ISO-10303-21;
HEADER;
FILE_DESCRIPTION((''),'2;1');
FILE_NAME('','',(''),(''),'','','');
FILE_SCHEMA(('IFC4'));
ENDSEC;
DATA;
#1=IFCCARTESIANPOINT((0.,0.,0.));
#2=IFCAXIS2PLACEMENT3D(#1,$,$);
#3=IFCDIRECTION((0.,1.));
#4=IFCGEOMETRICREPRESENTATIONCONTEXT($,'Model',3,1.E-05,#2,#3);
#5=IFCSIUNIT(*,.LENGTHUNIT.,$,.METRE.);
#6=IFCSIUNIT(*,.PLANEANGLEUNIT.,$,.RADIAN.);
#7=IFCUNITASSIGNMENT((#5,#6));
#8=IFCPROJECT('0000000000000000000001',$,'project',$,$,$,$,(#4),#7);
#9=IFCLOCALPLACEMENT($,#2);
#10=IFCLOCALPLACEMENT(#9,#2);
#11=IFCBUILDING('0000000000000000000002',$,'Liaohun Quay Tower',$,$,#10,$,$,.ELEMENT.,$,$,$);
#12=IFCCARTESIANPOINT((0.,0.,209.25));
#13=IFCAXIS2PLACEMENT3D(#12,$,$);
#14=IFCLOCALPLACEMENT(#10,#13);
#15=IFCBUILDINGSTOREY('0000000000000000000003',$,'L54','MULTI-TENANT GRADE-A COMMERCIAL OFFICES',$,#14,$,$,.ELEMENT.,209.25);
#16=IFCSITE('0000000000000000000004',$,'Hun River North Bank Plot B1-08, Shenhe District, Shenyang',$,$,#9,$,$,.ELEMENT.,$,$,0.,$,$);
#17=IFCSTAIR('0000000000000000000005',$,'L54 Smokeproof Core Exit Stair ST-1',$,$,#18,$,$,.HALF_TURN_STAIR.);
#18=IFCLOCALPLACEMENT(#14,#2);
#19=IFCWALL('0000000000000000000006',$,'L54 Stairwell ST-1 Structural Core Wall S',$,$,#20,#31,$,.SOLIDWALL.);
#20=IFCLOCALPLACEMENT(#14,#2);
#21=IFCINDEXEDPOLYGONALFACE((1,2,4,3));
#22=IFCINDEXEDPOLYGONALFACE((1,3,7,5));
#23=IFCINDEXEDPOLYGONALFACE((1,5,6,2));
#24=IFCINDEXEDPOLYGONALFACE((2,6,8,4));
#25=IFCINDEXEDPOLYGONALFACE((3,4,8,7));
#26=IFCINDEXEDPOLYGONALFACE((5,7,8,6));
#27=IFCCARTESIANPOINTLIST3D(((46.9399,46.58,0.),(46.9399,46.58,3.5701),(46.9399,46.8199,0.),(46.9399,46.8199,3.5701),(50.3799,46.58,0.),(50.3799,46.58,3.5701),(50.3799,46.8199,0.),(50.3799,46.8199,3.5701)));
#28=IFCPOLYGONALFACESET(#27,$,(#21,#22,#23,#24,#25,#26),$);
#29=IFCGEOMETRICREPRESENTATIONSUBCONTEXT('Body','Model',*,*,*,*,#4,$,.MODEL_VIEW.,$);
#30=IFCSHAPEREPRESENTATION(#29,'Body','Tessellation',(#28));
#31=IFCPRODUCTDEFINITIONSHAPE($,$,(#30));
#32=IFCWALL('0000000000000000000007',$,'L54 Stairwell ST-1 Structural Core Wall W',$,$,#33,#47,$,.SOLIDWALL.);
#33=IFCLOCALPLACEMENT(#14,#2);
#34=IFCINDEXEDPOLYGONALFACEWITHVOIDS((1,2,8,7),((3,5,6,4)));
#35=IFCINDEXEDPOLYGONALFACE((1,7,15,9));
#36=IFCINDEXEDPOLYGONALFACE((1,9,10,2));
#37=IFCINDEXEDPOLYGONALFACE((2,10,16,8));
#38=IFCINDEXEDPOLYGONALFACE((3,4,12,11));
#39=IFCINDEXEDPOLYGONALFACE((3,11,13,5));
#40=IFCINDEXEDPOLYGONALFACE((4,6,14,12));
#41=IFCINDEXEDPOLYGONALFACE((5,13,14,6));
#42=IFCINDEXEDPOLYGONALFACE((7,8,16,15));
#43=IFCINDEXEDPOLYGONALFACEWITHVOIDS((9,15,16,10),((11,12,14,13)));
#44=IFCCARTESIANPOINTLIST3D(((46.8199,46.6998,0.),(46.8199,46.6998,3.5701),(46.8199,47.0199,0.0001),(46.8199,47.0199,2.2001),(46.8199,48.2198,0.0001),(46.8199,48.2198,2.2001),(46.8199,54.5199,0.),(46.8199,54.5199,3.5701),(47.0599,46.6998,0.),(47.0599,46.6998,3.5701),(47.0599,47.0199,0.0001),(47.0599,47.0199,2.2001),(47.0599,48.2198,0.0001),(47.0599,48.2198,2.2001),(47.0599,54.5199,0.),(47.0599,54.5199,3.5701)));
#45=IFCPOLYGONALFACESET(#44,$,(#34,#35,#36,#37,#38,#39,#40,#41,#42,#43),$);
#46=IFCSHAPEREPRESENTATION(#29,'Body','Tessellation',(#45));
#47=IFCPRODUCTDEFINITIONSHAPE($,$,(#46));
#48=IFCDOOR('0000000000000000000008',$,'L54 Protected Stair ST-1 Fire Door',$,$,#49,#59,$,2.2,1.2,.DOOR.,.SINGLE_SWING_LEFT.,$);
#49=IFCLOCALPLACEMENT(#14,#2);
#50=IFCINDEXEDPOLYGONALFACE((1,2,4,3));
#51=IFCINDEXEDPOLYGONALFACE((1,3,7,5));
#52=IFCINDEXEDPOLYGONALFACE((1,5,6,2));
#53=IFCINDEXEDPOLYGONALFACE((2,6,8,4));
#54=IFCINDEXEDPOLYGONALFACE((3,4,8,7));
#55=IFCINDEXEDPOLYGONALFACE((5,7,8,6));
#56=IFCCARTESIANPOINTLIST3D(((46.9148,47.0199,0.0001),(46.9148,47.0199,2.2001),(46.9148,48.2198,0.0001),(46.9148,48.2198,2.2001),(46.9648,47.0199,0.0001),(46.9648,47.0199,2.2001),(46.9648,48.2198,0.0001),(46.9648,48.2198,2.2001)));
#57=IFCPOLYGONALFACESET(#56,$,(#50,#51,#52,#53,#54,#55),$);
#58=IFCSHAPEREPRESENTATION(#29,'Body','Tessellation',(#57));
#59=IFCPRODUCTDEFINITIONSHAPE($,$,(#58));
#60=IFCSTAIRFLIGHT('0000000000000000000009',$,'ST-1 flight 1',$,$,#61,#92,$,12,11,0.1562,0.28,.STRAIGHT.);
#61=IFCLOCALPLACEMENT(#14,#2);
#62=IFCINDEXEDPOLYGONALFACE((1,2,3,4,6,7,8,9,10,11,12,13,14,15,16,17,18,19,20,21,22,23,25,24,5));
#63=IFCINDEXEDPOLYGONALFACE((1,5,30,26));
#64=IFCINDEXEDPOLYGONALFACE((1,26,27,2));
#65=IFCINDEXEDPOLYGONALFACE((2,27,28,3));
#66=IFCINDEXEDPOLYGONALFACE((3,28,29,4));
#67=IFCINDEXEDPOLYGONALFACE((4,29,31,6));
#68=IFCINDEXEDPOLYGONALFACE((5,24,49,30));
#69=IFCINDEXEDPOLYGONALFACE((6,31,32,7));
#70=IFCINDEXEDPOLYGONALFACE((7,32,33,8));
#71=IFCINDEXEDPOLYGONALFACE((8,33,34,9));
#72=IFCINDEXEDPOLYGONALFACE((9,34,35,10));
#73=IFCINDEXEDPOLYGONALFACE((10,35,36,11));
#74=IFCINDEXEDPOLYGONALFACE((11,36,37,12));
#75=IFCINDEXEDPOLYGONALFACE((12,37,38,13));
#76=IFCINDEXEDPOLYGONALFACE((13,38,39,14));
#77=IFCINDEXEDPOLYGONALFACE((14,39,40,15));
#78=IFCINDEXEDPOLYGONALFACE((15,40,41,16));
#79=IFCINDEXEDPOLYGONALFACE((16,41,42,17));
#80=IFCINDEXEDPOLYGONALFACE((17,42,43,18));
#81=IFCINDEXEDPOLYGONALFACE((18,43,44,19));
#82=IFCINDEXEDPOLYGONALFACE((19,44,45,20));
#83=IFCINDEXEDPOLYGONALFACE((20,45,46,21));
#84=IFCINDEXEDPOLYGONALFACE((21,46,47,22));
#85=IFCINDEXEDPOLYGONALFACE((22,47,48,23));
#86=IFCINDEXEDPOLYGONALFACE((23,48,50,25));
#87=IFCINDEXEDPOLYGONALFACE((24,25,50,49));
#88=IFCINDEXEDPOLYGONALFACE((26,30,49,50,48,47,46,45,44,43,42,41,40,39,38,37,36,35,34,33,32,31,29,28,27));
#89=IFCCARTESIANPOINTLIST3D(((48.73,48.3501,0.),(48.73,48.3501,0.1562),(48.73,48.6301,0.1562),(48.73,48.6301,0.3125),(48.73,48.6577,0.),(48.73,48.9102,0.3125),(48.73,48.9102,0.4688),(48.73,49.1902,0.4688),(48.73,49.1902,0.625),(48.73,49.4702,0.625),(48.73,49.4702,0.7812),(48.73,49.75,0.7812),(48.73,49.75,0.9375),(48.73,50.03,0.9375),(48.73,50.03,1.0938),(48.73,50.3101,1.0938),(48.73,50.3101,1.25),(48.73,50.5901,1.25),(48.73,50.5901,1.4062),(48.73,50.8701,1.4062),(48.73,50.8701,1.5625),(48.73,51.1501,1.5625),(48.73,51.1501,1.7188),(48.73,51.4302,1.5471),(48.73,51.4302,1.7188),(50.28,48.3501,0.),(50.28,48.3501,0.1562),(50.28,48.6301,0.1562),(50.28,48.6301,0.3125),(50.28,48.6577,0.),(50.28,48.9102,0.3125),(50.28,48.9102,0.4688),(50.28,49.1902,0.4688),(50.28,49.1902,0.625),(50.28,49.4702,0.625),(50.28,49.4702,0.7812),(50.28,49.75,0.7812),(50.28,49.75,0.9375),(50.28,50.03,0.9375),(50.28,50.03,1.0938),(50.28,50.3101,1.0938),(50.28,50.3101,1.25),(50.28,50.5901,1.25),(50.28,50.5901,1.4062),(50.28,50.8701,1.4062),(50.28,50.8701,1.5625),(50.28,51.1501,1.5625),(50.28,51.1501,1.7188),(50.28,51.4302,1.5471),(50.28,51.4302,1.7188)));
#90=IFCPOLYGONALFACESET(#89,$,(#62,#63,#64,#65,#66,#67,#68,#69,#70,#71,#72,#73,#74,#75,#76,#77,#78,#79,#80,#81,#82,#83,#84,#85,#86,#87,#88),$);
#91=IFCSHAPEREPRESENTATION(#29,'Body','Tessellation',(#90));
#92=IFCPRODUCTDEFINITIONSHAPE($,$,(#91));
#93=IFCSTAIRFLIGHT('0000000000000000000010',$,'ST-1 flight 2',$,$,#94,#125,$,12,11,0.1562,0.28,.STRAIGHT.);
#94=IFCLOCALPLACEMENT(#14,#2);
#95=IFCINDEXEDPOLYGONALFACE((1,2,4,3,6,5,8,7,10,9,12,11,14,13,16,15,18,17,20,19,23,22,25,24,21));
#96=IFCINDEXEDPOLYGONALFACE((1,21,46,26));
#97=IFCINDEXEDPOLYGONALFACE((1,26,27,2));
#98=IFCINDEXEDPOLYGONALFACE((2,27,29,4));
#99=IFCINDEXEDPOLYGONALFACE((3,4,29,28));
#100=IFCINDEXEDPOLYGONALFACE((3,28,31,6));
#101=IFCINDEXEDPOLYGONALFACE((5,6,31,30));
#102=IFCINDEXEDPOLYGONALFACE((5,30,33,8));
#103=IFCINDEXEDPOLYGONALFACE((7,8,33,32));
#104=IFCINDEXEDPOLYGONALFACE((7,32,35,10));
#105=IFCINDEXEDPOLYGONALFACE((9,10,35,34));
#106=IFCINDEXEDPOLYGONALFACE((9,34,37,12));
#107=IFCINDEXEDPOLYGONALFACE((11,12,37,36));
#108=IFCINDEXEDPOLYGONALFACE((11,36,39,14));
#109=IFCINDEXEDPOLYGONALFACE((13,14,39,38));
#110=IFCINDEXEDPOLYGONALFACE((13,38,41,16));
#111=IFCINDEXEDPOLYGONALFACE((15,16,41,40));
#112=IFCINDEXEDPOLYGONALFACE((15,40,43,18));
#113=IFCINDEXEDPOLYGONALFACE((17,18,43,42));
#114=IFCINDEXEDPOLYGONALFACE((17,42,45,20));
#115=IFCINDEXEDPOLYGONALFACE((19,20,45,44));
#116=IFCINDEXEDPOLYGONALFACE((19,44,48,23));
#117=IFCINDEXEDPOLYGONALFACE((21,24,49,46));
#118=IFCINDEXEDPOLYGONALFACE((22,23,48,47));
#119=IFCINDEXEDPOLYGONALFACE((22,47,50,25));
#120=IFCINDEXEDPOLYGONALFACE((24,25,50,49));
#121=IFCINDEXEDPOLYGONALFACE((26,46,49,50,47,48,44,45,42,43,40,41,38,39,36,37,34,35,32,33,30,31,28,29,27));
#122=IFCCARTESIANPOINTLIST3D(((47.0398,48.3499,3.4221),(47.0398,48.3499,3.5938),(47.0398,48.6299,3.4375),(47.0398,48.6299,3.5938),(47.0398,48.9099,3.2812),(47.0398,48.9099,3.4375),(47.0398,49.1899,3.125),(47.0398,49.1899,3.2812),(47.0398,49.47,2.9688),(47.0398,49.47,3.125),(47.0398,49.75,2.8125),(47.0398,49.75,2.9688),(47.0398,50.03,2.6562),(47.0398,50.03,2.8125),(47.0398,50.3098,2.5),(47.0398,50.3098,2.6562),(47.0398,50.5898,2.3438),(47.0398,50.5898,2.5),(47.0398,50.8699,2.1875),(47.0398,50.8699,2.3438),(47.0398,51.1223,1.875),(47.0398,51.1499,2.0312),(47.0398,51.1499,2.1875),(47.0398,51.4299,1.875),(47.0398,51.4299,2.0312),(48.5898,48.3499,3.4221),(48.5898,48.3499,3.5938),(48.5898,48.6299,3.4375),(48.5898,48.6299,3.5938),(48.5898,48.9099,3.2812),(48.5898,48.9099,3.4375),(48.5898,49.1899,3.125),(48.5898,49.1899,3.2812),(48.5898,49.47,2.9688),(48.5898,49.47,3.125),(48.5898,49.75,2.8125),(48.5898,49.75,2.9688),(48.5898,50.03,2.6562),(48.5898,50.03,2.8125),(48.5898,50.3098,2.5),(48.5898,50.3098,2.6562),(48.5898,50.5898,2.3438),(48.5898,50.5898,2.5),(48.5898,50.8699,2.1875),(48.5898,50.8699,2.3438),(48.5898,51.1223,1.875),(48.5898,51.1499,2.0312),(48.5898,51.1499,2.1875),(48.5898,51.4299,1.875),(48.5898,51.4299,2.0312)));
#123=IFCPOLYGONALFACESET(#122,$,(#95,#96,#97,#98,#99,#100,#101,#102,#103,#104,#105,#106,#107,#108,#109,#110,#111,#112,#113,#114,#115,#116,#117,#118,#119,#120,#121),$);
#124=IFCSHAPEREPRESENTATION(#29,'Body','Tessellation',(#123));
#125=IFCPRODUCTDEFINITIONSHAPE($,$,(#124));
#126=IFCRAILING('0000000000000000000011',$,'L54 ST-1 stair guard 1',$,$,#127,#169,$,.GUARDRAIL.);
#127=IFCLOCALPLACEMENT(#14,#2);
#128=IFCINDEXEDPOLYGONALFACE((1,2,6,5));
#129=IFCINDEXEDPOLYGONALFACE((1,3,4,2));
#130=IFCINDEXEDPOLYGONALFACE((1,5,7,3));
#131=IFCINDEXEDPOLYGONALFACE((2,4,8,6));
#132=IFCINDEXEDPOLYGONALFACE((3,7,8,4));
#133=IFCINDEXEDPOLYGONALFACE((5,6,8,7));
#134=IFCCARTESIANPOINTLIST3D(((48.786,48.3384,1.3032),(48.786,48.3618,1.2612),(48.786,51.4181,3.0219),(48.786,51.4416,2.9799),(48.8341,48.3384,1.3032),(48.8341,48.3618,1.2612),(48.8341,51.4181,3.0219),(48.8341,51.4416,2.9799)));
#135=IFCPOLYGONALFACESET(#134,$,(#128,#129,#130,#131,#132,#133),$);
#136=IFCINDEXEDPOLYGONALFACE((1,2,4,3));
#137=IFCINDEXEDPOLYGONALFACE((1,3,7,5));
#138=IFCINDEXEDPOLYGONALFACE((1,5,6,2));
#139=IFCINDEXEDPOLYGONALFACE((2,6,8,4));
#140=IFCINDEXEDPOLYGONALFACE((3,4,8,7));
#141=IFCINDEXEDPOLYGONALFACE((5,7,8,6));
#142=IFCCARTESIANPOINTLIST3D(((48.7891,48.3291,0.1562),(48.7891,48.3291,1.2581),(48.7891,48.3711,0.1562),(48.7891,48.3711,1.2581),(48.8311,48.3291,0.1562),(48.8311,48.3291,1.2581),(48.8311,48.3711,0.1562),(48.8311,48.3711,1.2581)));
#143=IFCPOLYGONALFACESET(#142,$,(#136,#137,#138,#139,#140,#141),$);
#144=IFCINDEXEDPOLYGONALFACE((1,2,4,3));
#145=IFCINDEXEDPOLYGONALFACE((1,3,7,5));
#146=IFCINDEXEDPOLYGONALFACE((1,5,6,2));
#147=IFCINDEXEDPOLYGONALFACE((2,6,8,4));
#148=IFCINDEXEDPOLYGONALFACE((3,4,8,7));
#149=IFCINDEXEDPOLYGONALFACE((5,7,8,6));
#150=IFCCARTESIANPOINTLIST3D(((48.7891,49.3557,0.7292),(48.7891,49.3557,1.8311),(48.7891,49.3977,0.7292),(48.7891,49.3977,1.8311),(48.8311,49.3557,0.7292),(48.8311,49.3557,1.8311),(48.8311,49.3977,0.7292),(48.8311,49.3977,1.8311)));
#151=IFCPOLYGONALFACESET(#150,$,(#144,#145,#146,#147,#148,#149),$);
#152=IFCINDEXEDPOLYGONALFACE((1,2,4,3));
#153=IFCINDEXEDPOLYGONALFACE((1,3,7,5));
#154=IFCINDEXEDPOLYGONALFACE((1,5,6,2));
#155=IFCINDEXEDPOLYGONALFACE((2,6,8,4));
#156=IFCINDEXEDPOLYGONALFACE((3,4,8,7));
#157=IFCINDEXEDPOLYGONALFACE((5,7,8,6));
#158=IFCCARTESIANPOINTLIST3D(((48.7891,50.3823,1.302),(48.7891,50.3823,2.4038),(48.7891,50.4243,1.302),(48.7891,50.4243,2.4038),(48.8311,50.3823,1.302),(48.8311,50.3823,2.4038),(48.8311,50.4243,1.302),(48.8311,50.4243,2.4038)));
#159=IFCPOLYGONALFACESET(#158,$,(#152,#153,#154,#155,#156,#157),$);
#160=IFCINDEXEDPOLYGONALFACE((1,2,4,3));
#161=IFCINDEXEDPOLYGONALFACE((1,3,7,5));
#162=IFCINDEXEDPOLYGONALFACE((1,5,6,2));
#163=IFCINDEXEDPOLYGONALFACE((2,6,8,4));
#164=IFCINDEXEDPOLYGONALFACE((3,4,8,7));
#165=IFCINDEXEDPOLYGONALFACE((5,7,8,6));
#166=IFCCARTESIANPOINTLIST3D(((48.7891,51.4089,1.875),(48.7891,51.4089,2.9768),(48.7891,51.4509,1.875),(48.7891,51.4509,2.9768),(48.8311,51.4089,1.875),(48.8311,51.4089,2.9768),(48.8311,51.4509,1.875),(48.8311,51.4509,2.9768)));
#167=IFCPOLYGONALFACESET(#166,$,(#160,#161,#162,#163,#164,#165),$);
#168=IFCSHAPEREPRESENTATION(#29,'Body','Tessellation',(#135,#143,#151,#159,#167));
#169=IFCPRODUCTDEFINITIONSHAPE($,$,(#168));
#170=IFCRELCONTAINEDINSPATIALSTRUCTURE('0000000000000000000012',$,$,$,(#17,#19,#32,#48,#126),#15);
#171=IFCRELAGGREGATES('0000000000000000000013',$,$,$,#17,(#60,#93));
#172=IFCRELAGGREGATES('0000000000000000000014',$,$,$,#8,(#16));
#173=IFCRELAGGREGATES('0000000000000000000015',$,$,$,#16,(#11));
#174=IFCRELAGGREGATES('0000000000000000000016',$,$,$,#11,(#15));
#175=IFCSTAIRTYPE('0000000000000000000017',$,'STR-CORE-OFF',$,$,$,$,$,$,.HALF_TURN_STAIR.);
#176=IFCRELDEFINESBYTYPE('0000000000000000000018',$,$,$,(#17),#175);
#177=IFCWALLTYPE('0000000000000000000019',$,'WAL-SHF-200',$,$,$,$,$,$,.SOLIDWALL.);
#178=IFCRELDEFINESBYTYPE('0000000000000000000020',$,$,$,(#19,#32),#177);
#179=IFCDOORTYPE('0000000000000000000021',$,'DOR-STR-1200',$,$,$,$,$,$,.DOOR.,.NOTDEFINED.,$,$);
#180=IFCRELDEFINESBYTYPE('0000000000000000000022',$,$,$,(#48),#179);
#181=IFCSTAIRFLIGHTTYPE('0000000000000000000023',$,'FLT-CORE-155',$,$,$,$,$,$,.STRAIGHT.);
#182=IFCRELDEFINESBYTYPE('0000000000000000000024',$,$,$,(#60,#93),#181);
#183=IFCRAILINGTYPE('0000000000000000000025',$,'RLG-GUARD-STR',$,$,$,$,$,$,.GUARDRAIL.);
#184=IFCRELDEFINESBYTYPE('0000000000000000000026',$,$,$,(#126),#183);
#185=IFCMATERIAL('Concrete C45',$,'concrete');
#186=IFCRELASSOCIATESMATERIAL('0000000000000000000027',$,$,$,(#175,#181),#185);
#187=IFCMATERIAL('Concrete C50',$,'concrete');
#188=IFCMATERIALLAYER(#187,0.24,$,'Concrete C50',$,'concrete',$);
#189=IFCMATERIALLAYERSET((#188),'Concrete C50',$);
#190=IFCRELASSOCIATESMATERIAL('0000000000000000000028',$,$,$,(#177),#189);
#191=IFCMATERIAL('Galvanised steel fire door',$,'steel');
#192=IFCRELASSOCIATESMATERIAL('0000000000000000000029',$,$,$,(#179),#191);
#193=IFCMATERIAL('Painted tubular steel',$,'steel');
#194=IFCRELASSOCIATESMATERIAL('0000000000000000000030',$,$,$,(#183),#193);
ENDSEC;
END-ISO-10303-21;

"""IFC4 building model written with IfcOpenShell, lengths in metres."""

from ifc_helpers import new_model, si_unit, direction, frame, frame_2d, origin, origin_2d, place, context, subcontext, project, spatial, polyline, rectangle, outline, extrude, source, transform, mapped, material, layer, layer_set, type_object, element, fill, aggregate, save


model = new_model("IFC4")

# Units and contexts
model_context = context("Model", 3, precision=1e-05, world=origin(), true_north=direction((0.0, 1.0)))
body_context = subcontext(model_context, "Body", "Model", "MODEL_VIEW")
ifc_project = project(units=[si_unit("LENGTHUNIT", "METRE"), si_unit("PLANEANGLEUNIT", "RADIAN")], contexts=[model_context])

# Site, building, storey
site_placement = place(None, origin())
site = spatial("IfcSite", under=ifc_project, at=site_placement, Name="Hun River North Bank Plot B1-08, Shenhe District, Shenyang", CompositionType="ELEMENT", RefElevation=0.0)
building_placement = place(site_placement, origin())
building = spatial("IfcBuilding", under=site, at=building_placement, Name="Liaohun Quay Tower", CompositionType="ELEMENT")
storey_placement = place(building_placement, frame((0.0, 0.0, 209.25)))
storey = spatial("IfcBuildingStorey", under=building, at=storey_placement, Name="L54", Description="MULTI-TENANT GRADE-A COMMERCIAL OFFICES", CompositionType="ELEMENT", Elevation=209.25)

# Stair
ifc_material_1 = material(Name="Concrete C45", Category="concrete")
stair_type = type_object("IfcStairType", Name="STR-CORE-OFF", PredefinedType="HALF_TURN_STAIR", material=ifc_material_1)
stair_1_placement = place(storey_placement, origin())
stair_1 = element("IfcStair", 1, at=stair_1_placement, inside=storey, type_object=stair_type, Name="L54 Smokeproof Core Exit Stair ST-1", PredefinedType="HALF_TURN_STAIR")

# Wall
ifc_material_2 = material(Name="Concrete C50", Category="concrete")
ifc_layer_1 = layer(ifc_material_2, 0.24, Name="Concrete C50", Category="concrete")
ifc_layer_set_1 = layer_set([ifc_layer_1], Name="Concrete C50")
wall_type_1 = type_object("IfcWallType", Name="WAL-SHF-200", PredefinedType="SOLIDWALL", material=ifc_layer_set_1)
wall_1_placement = place(storey_placement, frame((46.9399, 46.7, 0.0), z_axis=(0.0, 0.0, 1.0), x_axis=(1.0, 0.0, 0.0)))
element("IfcWall", 2, at=wall_1_placement, inside=storey, type_object=wall_type_1, Name="L54 Stairwell ST-1 Structural Core Wall S", PredefinedType="SOLIDWALL", context=body_context, shape_type="SweptSolid", body=[
    extrude(rectangle(XDim=3.4399, YDim=0.24, at=frame_2d((1.72, 0.0))), origin(), (0.0, 0.0, 1.0), 3.5701),
])

# Wall, opening, door
wall_2_placement = place(storey_placement, frame((46.9399, 54.52, 0.0), z_axis=(0.0, 0.0, 1.0), x_axis=(0.0, -1.0, 0.0)))
wall_2 = element("IfcWall", 3, at=wall_2_placement, inside=storey, type_object=wall_type_1, Name="L54 Stairwell ST-1 Structural Core Wall W", PredefinedType="SOLIDWALL", context=body_context, shape_type="SweptSolid", body=[
    extrude(rectangle(XDim=7.8201, YDim=0.24, at=frame_2d((3.9102, 0.0))), origin(), (0.0, 0.0, 1.0), 3.5701),
])
shared_shape_1 = source(origin(), body_context, "Body", "SweptSolid", [
    extrude(rectangle(XDim=1.2, YDim=2.2, at=frame_2d((0.6001, 1.1001))), frame((0.0, 0.1299, 0.0), z_axis=(0.0, -1.0, 0.0), x_axis=(1.0, 0.0, 0.0)), (0.0, 0.0, 1.0), 0.26),
])
opening_1_placement = place(wall_2_placement, frame((6.3, 0.0, 0.0)))
opening_1 = element("IfcOpeningElement", 4, at=opening_1_placement, cuts=wall_2, PredefinedType="OPENING", context=body_context, shape_type="MappedRepresentation", body=[
    mapped(shared_shape_1, transform((0.0, 0.0, 0.0), x_axis=(1.0, 0.0, 0.0), y_axis=(0.0, 1.0, 0.0), z_axis=(0.0, 0.0, 1.0), scale=1.0)),
])
ifc_material_3 = material(Name="Galvanised steel fire door", Category="steel")
door_type_1 = type_object("IfcDoorType", Name="DOR-STR-1200", OperationType="NOTDEFINED", PredefinedType="DOOR", material=ifc_material_3)
shared_shape_2 = source(origin(), body_context, "Body", "SweptSolid", [
    extrude(rectangle(XDim=1.2, YDim=2.2, at=frame_2d((0.6001, 1.1001))), frame((0.0, 0.0249, 0.0), z_axis=(0.0, -1.0, 0.0), x_axis=(1.0, 0.0, 0.0)), (0.0, 0.0, 1.0), 0.05),
])
door_1_placement = place(opening_1_placement, origin())
door_1 = element("IfcDoor", 5, at=door_1_placement, inside=storey, type_object=door_type_1, Name="L54 Protected Stair ST-1 Fire Door", OperationType="SINGLE_SWING_LEFT", OverallHeight=2.2, OverallWidth=1.2, PredefinedType="DOOR", context=body_context, shape_type="MappedRepresentation", body=[
    mapped(shared_shape_2, transform((0.0, 0.0, 0.0), x_axis=(1.0, 0.0, 0.0), y_axis=(0.0, 1.0, 0.0), z_axis=(0.0, 0.0, 1.0), scale=1.0)),
])
fill(opening_1, door_1)

# Stair flights
stair_flight_type = type_object("IfcStairFlightType", Name="FLT-CORE-155", PredefinedType="STRAIGHT", material=ifc_material_1)
stair_flight_1_placement = place(storey_placement, frame((49.5049, 48.3501, 0.0), z_axis=(0.0, 0.0, 1.0), x_axis=(0.0, 1.0, 0.0)))
stair_flight_1 = element("IfcStairFlight", 6, at=stair_flight_1_placement, type_object=stair_flight_type, Name="ST-1 flight 1", NumberOfRisers=12, NumberOfTreads=11, PredefinedType="STRAIGHT", RiserHeight=0.1562, TreadLength=0.28, context=body_context, shape_type="SweptSolid", body=[
    extrude(outline(polyline([(0.0, 0.0), (0.0, 0.1562), (0.28, 0.1562), (0.28, 0.3125), (0.5601, 0.3125), (0.5601, 0.4688), (0.8401, 0.4688), (0.8401, 0.625), (1.1201, 0.625), (1.1201, 0.7812), (1.3999, 0.7812), (1.3999, 0.9375), (1.6799, 0.9375), (1.6799, 1.0938), (1.96, 1.0938), (1.96, 1.25), (2.24, 1.25), (2.24, 1.4062), (2.52, 1.4062), (2.52, 1.5625), (2.8, 1.5625), (2.8, 1.7188), (3.0801, 1.7188), (3.0801, 1.875), (3.0801, 1.5471), (0.3076, 0.0), (0.0, 0.0)])), frame((0.0, 0.7749, 0.0), z_axis=(0.0, -1.0, 0.0), x_axis=(1.0, 0.0, 0.0)), (0.0, 0.0, 1.0), 1.55),
])
stair_flight_2_placement = place(storey_placement, frame((47.8149, 51.4299, 1.875), z_axis=(0.0, 0.0, 1.0), x_axis=(0.0, -1.0, 0.0)))
stair_flight_2 = element("IfcStairFlight", 7, at=stair_flight_2_placement, type_object=stair_flight_type, Name="ST-1 flight 2", NumberOfRisers=12, NumberOfTreads=11, PredefinedType="STRAIGHT", RiserHeight=0.1562, TreadLength=0.28, context=body_context, shape_type="SweptSolid", body=[
    extrude(outline(polyline([(0.0, 0.0), (0.0, 0.1562), (0.28, 0.1562), (0.28, 0.3125), (0.5601, 0.3125), (0.5601, 0.4688), (0.8401, 0.4688), (0.8401, 0.625), (1.1201, 0.625), (1.1201, 0.7812), (1.3999, 0.7812), (1.3999, 0.9375), (1.6799, 0.9375), (1.6799, 1.0938), (1.96, 1.0938), (1.96, 1.25), (2.24, 1.25), (2.24, 1.4062), (2.52, 1.4062), (2.52, 1.5625), (2.8, 1.5625), (2.8, 1.7188), (3.0801, 1.7188), (3.0801, 1.875), (3.0801, 1.5471), (0.3076, 0.0), (0.0, 0.0)])), frame((0.0, 0.7749, 0.0), z_axis=(0.0, -1.0, 0.0), x_axis=(1.0, 0.0, 0.0)), (0.0, 0.0, 1.0), 1.55),
])
aggregate(stair_1, [stair_flight_1, stair_flight_2])

# Railing
ifc_material_4 = material(Name="Painted tubular steel", Category="steel")
railing_type_1 = type_object("IfcRailingType", Name="RLG-GUARD-STR", PredefinedType="GUARDRAIL", material=ifc_material_4)
railing_1_placement = place(storey_placement, frame((48.8101, 48.3501, 0.1562)))
element("IfcRailing", 8, at=railing_1_placement, inside=storey, type_object=railing_type_1, Name="L54 ST-1 stair guard 1", PredefinedType="GUARDRAIL", context=body_context, shape_type="SweptSolid", body=[
    extrude(rectangle(XDim=0.0481, YDim=0.0481, at=origin_2d()), frame((0.0, 0.0, 1.126), z_axis=(0.0, 0.873225, 0.487317), x_axis=(-1.0, 0.0, 0.0)), (0.0, 0.0, 1.0), 3.5269),
    extrude(rectangle(XDim=0.042, YDim=0.042, at=origin_2d()), origin(), (0.0, 0.0, 1.0), 1.1018),
    extrude(rectangle(XDim=0.042, YDim=0.042, at=origin_2d()), frame((0.0, 1.0266, 0.573)), (0.0, 0.0, 1.0), 1.1018),
    extrude(rectangle(XDim=0.042, YDim=0.042, at=origin_2d()), frame((0.0, 2.0532, 1.1458)), (0.0, 0.0, 1.0), 1.1018),
    extrude(rectangle(XDim=0.042, YDim=0.042, at=origin_2d()), frame((0.0, 3.0798, 1.7188)), (0.0, 0.0, 1.0), 1.1018),
])

save(model, "model.ifc")
